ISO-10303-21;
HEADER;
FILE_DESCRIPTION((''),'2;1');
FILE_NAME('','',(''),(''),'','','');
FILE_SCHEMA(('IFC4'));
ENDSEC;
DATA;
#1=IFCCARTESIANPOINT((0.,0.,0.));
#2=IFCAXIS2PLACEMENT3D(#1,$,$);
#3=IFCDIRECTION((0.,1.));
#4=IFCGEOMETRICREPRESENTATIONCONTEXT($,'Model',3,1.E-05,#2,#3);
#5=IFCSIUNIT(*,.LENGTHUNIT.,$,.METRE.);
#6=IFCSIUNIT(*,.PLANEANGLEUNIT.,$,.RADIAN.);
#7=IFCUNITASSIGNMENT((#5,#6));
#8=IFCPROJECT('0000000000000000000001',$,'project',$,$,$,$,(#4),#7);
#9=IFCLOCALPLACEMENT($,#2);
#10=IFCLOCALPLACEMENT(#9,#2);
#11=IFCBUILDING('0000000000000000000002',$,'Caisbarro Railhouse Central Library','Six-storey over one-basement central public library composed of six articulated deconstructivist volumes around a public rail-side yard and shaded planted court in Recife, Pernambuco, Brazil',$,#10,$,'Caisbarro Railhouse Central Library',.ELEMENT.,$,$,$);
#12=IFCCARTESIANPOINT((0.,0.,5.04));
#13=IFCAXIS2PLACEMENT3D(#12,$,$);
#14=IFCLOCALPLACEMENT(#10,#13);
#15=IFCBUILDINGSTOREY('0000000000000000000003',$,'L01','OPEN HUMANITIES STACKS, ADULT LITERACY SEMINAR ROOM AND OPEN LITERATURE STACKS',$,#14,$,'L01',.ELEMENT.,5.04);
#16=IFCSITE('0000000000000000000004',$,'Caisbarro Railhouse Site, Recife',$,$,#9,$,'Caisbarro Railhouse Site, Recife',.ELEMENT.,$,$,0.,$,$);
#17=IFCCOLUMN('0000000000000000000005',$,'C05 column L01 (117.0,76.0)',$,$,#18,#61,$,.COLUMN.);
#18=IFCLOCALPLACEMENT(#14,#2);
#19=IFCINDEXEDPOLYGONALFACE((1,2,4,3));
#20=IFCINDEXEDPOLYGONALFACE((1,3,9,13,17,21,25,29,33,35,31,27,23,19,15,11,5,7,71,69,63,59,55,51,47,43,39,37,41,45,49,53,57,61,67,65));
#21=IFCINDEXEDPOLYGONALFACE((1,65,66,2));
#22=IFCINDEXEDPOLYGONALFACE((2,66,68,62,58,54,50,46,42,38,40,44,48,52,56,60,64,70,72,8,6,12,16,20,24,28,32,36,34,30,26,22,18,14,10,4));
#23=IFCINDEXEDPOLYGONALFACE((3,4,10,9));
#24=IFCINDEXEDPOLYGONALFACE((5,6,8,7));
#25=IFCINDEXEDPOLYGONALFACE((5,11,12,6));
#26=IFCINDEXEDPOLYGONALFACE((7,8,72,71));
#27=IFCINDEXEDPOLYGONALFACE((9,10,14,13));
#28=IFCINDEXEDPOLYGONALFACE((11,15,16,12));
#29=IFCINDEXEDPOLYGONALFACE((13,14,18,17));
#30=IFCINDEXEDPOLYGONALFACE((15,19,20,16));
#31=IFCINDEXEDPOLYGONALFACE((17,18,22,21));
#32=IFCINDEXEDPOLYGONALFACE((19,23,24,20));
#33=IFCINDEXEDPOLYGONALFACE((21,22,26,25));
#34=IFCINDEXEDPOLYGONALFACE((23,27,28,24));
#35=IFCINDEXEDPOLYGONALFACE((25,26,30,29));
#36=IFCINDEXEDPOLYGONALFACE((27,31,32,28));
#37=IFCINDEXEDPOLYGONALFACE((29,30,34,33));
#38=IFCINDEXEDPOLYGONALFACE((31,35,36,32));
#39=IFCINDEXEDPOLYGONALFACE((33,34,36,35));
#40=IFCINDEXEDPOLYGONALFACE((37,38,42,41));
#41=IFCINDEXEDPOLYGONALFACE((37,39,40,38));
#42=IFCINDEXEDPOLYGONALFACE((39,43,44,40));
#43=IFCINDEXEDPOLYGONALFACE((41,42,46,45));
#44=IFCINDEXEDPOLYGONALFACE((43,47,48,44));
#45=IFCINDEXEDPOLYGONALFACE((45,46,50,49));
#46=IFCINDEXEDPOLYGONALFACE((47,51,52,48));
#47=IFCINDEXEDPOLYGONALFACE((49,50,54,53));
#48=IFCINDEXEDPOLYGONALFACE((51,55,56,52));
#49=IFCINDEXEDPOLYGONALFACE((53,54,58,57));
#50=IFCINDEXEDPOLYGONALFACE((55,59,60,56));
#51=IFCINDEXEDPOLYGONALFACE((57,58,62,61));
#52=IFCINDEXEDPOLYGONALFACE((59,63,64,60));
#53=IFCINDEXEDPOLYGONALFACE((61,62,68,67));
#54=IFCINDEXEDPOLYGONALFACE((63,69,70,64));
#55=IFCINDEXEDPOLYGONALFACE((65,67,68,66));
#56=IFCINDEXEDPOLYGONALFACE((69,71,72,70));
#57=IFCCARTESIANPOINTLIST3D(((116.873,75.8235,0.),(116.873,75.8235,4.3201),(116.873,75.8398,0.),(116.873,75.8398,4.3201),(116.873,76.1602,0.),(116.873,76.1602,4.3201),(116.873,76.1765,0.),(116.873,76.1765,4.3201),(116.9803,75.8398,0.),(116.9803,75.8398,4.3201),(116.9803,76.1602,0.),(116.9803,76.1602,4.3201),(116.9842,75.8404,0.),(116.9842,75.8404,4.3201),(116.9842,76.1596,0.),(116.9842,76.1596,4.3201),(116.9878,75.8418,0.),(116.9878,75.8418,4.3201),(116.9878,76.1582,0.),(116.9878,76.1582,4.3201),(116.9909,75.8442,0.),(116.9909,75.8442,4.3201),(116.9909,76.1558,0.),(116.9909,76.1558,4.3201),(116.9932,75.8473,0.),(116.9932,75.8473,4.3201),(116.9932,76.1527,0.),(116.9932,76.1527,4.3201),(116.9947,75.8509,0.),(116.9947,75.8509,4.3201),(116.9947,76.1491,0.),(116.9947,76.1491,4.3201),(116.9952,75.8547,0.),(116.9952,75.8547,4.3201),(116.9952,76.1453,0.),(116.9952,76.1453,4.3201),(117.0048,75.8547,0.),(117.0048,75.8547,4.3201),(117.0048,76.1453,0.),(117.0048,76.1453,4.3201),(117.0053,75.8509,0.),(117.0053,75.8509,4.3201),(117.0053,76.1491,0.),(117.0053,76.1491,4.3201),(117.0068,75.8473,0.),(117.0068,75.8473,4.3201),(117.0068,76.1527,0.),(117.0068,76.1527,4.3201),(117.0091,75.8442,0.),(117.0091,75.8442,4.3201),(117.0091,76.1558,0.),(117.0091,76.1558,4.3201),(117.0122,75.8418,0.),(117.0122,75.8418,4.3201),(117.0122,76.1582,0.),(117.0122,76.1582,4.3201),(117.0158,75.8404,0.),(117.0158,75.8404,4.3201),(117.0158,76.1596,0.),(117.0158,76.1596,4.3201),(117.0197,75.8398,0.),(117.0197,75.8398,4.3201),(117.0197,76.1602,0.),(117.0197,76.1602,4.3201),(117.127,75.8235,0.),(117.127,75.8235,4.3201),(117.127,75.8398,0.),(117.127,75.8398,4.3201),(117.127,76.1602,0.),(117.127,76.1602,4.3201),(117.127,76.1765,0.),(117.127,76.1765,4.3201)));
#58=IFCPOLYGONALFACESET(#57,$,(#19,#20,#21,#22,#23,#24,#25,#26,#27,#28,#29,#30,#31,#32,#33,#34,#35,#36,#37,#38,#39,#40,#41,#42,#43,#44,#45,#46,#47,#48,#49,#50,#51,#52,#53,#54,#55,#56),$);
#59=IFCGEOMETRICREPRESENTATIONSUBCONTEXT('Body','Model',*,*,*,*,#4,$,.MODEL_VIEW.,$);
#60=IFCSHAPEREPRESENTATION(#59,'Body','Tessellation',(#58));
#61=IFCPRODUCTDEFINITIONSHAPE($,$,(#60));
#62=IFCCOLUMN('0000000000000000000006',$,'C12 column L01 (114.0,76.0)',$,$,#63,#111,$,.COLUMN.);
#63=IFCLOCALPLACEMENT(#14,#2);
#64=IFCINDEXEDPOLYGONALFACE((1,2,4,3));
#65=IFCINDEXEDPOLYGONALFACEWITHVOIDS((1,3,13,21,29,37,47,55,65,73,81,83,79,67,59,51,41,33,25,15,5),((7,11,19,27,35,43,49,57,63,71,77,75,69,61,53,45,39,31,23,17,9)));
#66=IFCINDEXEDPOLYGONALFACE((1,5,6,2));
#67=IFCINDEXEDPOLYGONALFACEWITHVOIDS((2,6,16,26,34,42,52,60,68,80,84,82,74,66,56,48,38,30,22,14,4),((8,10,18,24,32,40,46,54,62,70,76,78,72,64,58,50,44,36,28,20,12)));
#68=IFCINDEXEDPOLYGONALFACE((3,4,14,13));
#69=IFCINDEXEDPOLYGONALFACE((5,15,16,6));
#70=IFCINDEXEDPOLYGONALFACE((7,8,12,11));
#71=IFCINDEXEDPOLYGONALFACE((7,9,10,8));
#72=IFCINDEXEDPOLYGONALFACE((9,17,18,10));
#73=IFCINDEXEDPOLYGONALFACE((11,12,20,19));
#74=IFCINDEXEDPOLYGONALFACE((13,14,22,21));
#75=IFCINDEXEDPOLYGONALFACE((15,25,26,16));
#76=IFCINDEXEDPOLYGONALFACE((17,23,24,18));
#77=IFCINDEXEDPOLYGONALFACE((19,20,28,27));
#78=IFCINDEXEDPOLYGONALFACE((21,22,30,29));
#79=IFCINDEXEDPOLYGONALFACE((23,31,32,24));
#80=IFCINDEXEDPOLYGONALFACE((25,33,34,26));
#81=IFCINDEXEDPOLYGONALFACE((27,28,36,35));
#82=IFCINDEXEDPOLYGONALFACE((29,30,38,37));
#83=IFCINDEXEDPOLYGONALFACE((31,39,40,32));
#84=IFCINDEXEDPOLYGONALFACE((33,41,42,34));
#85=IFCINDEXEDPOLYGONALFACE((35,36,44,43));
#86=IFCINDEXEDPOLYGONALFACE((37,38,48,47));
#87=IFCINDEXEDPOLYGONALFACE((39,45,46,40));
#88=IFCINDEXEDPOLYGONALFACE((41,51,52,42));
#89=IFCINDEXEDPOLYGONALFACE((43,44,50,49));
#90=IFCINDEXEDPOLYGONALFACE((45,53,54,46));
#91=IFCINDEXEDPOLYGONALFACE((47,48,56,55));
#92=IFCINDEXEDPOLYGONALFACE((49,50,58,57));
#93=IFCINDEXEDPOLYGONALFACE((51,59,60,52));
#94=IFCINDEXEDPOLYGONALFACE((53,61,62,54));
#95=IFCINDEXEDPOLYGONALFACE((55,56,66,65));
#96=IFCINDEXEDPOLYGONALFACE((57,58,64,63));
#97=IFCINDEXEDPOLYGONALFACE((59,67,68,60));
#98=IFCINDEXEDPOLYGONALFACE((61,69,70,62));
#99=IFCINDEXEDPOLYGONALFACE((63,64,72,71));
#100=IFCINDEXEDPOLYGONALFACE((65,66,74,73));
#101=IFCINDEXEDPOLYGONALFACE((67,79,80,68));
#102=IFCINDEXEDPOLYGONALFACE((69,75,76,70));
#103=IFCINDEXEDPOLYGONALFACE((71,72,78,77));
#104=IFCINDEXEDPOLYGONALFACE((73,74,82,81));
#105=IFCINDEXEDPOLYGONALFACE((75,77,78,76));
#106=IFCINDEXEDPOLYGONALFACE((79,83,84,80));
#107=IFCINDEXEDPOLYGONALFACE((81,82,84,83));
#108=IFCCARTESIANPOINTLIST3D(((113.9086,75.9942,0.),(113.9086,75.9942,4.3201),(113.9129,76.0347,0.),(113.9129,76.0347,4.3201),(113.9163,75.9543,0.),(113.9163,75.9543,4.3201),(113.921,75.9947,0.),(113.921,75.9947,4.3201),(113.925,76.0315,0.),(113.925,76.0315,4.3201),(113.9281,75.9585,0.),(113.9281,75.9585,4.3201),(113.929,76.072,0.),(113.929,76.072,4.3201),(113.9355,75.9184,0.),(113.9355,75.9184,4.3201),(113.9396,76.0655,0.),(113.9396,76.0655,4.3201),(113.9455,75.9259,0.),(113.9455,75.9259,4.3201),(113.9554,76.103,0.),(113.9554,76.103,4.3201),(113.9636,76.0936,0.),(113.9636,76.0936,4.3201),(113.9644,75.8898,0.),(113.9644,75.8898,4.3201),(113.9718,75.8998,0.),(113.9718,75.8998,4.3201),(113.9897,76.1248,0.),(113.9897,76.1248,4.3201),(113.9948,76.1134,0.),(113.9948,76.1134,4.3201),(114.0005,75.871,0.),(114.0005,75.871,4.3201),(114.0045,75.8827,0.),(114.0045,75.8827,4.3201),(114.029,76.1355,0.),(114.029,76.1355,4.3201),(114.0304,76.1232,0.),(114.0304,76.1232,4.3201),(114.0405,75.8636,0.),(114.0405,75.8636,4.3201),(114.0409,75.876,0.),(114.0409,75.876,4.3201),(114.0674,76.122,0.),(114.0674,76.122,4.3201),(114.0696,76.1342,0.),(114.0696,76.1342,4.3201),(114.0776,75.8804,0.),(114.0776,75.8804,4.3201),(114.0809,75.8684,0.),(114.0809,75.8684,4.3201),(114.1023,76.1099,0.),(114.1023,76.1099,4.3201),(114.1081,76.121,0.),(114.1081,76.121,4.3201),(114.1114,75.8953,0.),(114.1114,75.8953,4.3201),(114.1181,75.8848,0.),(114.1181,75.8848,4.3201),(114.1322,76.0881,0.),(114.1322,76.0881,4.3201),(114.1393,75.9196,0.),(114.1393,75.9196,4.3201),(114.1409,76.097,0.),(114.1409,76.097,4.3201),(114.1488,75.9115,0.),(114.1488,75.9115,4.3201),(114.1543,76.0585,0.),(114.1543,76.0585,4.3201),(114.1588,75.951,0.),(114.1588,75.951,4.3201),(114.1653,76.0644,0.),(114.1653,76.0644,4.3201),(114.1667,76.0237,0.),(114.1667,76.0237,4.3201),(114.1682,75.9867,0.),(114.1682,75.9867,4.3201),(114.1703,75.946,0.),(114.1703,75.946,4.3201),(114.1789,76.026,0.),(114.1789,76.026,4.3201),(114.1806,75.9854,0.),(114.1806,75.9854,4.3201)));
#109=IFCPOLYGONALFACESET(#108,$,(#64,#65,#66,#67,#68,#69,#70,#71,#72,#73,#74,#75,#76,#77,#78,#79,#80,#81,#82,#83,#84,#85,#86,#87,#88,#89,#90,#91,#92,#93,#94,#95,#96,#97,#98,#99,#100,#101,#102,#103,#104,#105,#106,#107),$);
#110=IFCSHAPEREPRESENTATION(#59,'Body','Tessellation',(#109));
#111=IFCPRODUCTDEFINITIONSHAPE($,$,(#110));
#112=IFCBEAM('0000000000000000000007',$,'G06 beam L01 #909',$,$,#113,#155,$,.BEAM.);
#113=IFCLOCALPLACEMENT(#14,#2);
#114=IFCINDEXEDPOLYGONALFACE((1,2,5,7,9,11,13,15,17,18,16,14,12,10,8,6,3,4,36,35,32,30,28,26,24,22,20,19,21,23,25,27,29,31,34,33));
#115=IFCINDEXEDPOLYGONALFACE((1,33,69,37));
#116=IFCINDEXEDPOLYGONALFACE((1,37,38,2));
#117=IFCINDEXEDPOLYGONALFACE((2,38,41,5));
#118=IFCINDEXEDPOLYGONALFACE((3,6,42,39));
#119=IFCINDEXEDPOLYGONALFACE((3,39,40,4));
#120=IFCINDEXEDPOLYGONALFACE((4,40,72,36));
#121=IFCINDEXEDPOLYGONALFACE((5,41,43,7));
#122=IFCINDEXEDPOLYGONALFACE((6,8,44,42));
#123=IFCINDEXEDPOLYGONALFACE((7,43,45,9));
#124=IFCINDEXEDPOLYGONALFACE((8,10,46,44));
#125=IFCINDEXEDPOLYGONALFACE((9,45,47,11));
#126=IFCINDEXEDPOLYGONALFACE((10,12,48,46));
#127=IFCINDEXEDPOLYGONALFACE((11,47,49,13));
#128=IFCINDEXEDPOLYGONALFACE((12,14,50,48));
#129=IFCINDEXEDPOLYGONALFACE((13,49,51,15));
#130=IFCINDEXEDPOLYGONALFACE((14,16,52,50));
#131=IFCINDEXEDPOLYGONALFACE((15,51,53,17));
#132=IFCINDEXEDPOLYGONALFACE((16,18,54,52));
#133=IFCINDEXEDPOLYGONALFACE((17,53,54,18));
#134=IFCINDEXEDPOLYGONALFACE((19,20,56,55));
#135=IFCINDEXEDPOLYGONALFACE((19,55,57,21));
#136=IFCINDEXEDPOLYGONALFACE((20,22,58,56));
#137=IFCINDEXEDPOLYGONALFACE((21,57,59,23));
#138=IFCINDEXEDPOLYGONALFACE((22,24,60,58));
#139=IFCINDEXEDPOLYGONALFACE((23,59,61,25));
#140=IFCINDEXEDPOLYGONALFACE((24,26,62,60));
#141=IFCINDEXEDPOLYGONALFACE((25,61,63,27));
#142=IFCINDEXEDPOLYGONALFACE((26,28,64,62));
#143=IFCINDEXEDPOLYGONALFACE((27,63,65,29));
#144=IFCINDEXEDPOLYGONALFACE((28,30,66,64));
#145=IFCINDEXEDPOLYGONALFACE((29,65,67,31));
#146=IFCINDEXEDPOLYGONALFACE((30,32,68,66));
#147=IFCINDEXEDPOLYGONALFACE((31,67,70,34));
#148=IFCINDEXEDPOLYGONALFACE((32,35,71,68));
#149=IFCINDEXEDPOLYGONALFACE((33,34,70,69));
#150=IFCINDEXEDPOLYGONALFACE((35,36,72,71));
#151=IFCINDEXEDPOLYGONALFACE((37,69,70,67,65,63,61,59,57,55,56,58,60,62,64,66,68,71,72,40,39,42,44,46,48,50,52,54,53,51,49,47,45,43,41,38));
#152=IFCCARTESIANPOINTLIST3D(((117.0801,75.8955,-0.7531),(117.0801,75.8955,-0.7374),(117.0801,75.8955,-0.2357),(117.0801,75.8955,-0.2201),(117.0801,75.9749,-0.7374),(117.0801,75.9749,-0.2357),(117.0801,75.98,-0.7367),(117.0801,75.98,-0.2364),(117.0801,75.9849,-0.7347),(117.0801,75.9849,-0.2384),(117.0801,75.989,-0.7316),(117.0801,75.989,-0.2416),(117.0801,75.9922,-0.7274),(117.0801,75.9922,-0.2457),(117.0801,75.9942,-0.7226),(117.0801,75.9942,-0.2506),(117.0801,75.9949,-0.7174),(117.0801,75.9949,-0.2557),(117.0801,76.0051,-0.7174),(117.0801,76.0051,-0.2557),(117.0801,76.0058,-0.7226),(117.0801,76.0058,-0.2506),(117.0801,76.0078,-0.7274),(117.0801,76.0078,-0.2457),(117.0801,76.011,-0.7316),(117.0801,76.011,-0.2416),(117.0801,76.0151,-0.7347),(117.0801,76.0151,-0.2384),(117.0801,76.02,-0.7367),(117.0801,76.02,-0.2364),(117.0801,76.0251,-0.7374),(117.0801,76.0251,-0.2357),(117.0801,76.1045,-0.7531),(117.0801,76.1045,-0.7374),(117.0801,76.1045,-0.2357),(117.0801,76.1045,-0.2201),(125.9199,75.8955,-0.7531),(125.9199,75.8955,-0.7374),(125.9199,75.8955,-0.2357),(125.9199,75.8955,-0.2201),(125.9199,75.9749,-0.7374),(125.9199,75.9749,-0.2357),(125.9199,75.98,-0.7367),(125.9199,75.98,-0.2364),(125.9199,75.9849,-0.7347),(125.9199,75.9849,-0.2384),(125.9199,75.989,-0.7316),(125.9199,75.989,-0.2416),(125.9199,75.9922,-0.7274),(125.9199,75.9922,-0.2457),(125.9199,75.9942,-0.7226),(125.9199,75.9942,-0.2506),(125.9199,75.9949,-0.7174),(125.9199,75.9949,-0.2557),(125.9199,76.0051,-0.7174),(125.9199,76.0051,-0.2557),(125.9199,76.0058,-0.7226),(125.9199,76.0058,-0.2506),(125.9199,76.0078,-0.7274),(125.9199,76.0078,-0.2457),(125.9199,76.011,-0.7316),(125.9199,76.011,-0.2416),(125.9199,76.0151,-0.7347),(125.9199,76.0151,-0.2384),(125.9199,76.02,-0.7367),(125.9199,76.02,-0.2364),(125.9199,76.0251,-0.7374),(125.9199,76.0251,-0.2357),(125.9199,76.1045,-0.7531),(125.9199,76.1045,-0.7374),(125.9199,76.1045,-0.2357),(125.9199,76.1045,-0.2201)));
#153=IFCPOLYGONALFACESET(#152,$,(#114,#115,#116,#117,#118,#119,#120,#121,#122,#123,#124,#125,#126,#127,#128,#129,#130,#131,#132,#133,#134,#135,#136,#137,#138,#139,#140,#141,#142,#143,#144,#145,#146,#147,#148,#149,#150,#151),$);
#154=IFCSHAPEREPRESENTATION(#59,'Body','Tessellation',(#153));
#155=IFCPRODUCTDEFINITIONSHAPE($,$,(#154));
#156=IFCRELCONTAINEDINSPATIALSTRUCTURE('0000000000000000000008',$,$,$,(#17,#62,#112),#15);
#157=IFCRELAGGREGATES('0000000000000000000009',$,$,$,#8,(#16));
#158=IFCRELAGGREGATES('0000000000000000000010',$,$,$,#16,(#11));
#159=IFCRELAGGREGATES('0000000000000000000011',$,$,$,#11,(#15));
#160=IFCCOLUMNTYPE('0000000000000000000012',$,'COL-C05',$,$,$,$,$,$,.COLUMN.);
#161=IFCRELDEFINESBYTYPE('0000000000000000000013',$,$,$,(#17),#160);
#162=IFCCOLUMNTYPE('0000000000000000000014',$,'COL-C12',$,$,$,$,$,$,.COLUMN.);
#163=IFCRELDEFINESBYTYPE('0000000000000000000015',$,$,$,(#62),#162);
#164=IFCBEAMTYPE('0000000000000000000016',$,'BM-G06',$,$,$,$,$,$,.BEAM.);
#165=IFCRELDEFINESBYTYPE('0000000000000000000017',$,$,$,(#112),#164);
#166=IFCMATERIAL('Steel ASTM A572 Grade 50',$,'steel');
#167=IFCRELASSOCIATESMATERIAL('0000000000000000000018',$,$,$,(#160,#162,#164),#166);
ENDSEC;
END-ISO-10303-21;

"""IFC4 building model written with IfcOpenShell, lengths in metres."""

from ifc_helpers import new_model, si_unit, direction, frame, origin, origin_2d, place, context, subcontext, project, spatial, hollow_circle, i_section, extrude, material, material_profile, profile_set, type_object, element, save


model = new_model("IFC4")

# Units and contexts
model_context = context("Model", 3, precision=1e-05, world=origin(), true_north=direction((0.0, 1.0)))
body_context = subcontext(model_context, "Body", "Model", "MODEL_VIEW")
ifc_project = project(units=[si_unit("LENGTHUNIT", "METRE"), si_unit("PLANEANGLEUNIT", "RADIAN")], contexts=[model_context])

# Site, building, storey
site_placement = place(None, origin())
site = spatial("IfcSite", under=ifc_project, at=site_placement, Name="Caisbarro Railhouse Site, Recife", LongName="Caisbarro Railhouse Site, Recife", CompositionType="ELEMENT", RefElevation=0.0)
building_placement = place(site_placement, origin())
building = spatial("IfcBuilding", under=site, at=building_placement, Name="Caisbarro Railhouse Central Library", Description="Six-storey over one-basement central public library composed of six articulated deconstructivist volumes around a public rail-side yard and shaded planted court in Recife, Pernambuco, Brazil", LongName="Caisbarro Railhouse Central Library", CompositionType="ELEMENT")
storey_placement = place(building_placement, frame((0.0, 0.0, 5.04)))
storey = spatial("IfcBuildingStorey", under=building, at=storey_placement, Name="L01", Description="OPEN HUMANITIES STACKS, ADULT LITERACY SEMINAR ROOM AND OPEN LITERATURE STACKS", LongName="L01", CompositionType="ELEMENT", Elevation=5.04)

# Columns
ifc_material_1 = material(Name="Steel ASTM A572 Grade 50", Category="steel")
ifc_material_profile_1 = material_profile(ifc_material_1, i_section(OverallWidth=0.2539, OverallDepth=0.353, WebThickness=0.0095, FlangeThickness=0.0164, FilletRadius=0.0149, at=origin_2d()), Name="W360X91.0")
ifc_profile_set_1 = profile_set([ifc_material_profile_1], Name="Steel ASTM A572 Grade 50")
column_type_1 = type_object("IfcColumnType", Name="COL-C05", PredefinedType="COLUMN", material=ifc_profile_set_1)
column_1_placement = place(storey_placement, frame((117.0, 76.0, 0.0), z_axis=(0.0, 0.0, 1.0), x_axis=(1.0, 0.0, 0.0)))
element("IfcColumn", 1, at=column_1_placement, inside=storey, type_object=column_type_1, Name="C05 column L01 (117.0,76.0)", PredefinedType="COLUMN", context=body_context, shape_type="SweptSolid", body=[
    extrude(i_section(OverallWidth=0.2539, OverallDepth=0.353, WebThickness=0.0095, FlangeThickness=0.0164, FilletRadius=0.0149, at=origin_2d()), origin(), (0.0, 0.0, 1.0), 4.3201),
])
ifc_material_profile_2 = material_profile(ifc_material_1, hollow_circle(Radius=0.1365, WallThickness=0.0125, at=origin_2d()), Name="CHS273.0X12.5")
ifc_profile_set_2 = profile_set([ifc_material_profile_2], Name="Steel ASTM A572 Grade 50")
column_type_2 = type_object("IfcColumnType", Name="COL-C12", PredefinedType="COLUMN", material=ifc_profile_set_2)
column_2_placement = place(storey_placement, frame((114.0449, 76.0, 0.0), z_axis=(0.0, 0.0, 1.0), x_axis=(0.981627, 0.190809, 0.0)))
element("IfcColumn", 2, at=column_2_placement, inside=storey, type_object=column_type_2, Name="C12 column L01 (114.0,76.0)", PredefinedType="COLUMN", context=body_context, shape_type="SweptSolid", body=[
    extrude(hollow_circle(Radius=0.1365, WallThickness=0.0125, at=origin_2d()), origin(), (0.0, 0.0, 1.0), 4.3201),
])

# Beam
ifc_material_profile_3 = material_profile(ifc_material_1, i_section(OverallWidth=0.209, OverallDepth=0.533, WebThickness=0.0103, FlangeThickness=0.0156, FilletRadius=0.02, at=origin_2d()), Name="W530X92.0")
ifc_profile_set_3 = profile_set([ifc_material_profile_3], Name="Steel ASTM A572 Grade 50")
beam_type_1 = type_object("IfcBeamType", Name="BM-G06", PredefinedType="BEAM", material=ifc_profile_set_3)
beam_1_placement = place(storey_placement, frame((117.0801, 76.0, -0.4866), z_axis=(1.0, 0.0, 0.0), x_axis=(0.0, 1.0, 0.0)))
element("IfcBeam", 3, at=beam_1_placement, inside=storey, type_object=beam_type_1, Name="G06 beam L01 #909", PredefinedType="BEAM", context=body_context, shape_type="SweptSolid", body=[
    extrude(i_section(OverallWidth=0.209, OverallDepth=0.533, WebThickness=0.0103, FlangeThickness=0.0156, FilletRadius=0.02, at=origin_2d()), origin(), (0.0, 0.0, 1.0), 8.8398),
])

save(model, "model.ifc")
